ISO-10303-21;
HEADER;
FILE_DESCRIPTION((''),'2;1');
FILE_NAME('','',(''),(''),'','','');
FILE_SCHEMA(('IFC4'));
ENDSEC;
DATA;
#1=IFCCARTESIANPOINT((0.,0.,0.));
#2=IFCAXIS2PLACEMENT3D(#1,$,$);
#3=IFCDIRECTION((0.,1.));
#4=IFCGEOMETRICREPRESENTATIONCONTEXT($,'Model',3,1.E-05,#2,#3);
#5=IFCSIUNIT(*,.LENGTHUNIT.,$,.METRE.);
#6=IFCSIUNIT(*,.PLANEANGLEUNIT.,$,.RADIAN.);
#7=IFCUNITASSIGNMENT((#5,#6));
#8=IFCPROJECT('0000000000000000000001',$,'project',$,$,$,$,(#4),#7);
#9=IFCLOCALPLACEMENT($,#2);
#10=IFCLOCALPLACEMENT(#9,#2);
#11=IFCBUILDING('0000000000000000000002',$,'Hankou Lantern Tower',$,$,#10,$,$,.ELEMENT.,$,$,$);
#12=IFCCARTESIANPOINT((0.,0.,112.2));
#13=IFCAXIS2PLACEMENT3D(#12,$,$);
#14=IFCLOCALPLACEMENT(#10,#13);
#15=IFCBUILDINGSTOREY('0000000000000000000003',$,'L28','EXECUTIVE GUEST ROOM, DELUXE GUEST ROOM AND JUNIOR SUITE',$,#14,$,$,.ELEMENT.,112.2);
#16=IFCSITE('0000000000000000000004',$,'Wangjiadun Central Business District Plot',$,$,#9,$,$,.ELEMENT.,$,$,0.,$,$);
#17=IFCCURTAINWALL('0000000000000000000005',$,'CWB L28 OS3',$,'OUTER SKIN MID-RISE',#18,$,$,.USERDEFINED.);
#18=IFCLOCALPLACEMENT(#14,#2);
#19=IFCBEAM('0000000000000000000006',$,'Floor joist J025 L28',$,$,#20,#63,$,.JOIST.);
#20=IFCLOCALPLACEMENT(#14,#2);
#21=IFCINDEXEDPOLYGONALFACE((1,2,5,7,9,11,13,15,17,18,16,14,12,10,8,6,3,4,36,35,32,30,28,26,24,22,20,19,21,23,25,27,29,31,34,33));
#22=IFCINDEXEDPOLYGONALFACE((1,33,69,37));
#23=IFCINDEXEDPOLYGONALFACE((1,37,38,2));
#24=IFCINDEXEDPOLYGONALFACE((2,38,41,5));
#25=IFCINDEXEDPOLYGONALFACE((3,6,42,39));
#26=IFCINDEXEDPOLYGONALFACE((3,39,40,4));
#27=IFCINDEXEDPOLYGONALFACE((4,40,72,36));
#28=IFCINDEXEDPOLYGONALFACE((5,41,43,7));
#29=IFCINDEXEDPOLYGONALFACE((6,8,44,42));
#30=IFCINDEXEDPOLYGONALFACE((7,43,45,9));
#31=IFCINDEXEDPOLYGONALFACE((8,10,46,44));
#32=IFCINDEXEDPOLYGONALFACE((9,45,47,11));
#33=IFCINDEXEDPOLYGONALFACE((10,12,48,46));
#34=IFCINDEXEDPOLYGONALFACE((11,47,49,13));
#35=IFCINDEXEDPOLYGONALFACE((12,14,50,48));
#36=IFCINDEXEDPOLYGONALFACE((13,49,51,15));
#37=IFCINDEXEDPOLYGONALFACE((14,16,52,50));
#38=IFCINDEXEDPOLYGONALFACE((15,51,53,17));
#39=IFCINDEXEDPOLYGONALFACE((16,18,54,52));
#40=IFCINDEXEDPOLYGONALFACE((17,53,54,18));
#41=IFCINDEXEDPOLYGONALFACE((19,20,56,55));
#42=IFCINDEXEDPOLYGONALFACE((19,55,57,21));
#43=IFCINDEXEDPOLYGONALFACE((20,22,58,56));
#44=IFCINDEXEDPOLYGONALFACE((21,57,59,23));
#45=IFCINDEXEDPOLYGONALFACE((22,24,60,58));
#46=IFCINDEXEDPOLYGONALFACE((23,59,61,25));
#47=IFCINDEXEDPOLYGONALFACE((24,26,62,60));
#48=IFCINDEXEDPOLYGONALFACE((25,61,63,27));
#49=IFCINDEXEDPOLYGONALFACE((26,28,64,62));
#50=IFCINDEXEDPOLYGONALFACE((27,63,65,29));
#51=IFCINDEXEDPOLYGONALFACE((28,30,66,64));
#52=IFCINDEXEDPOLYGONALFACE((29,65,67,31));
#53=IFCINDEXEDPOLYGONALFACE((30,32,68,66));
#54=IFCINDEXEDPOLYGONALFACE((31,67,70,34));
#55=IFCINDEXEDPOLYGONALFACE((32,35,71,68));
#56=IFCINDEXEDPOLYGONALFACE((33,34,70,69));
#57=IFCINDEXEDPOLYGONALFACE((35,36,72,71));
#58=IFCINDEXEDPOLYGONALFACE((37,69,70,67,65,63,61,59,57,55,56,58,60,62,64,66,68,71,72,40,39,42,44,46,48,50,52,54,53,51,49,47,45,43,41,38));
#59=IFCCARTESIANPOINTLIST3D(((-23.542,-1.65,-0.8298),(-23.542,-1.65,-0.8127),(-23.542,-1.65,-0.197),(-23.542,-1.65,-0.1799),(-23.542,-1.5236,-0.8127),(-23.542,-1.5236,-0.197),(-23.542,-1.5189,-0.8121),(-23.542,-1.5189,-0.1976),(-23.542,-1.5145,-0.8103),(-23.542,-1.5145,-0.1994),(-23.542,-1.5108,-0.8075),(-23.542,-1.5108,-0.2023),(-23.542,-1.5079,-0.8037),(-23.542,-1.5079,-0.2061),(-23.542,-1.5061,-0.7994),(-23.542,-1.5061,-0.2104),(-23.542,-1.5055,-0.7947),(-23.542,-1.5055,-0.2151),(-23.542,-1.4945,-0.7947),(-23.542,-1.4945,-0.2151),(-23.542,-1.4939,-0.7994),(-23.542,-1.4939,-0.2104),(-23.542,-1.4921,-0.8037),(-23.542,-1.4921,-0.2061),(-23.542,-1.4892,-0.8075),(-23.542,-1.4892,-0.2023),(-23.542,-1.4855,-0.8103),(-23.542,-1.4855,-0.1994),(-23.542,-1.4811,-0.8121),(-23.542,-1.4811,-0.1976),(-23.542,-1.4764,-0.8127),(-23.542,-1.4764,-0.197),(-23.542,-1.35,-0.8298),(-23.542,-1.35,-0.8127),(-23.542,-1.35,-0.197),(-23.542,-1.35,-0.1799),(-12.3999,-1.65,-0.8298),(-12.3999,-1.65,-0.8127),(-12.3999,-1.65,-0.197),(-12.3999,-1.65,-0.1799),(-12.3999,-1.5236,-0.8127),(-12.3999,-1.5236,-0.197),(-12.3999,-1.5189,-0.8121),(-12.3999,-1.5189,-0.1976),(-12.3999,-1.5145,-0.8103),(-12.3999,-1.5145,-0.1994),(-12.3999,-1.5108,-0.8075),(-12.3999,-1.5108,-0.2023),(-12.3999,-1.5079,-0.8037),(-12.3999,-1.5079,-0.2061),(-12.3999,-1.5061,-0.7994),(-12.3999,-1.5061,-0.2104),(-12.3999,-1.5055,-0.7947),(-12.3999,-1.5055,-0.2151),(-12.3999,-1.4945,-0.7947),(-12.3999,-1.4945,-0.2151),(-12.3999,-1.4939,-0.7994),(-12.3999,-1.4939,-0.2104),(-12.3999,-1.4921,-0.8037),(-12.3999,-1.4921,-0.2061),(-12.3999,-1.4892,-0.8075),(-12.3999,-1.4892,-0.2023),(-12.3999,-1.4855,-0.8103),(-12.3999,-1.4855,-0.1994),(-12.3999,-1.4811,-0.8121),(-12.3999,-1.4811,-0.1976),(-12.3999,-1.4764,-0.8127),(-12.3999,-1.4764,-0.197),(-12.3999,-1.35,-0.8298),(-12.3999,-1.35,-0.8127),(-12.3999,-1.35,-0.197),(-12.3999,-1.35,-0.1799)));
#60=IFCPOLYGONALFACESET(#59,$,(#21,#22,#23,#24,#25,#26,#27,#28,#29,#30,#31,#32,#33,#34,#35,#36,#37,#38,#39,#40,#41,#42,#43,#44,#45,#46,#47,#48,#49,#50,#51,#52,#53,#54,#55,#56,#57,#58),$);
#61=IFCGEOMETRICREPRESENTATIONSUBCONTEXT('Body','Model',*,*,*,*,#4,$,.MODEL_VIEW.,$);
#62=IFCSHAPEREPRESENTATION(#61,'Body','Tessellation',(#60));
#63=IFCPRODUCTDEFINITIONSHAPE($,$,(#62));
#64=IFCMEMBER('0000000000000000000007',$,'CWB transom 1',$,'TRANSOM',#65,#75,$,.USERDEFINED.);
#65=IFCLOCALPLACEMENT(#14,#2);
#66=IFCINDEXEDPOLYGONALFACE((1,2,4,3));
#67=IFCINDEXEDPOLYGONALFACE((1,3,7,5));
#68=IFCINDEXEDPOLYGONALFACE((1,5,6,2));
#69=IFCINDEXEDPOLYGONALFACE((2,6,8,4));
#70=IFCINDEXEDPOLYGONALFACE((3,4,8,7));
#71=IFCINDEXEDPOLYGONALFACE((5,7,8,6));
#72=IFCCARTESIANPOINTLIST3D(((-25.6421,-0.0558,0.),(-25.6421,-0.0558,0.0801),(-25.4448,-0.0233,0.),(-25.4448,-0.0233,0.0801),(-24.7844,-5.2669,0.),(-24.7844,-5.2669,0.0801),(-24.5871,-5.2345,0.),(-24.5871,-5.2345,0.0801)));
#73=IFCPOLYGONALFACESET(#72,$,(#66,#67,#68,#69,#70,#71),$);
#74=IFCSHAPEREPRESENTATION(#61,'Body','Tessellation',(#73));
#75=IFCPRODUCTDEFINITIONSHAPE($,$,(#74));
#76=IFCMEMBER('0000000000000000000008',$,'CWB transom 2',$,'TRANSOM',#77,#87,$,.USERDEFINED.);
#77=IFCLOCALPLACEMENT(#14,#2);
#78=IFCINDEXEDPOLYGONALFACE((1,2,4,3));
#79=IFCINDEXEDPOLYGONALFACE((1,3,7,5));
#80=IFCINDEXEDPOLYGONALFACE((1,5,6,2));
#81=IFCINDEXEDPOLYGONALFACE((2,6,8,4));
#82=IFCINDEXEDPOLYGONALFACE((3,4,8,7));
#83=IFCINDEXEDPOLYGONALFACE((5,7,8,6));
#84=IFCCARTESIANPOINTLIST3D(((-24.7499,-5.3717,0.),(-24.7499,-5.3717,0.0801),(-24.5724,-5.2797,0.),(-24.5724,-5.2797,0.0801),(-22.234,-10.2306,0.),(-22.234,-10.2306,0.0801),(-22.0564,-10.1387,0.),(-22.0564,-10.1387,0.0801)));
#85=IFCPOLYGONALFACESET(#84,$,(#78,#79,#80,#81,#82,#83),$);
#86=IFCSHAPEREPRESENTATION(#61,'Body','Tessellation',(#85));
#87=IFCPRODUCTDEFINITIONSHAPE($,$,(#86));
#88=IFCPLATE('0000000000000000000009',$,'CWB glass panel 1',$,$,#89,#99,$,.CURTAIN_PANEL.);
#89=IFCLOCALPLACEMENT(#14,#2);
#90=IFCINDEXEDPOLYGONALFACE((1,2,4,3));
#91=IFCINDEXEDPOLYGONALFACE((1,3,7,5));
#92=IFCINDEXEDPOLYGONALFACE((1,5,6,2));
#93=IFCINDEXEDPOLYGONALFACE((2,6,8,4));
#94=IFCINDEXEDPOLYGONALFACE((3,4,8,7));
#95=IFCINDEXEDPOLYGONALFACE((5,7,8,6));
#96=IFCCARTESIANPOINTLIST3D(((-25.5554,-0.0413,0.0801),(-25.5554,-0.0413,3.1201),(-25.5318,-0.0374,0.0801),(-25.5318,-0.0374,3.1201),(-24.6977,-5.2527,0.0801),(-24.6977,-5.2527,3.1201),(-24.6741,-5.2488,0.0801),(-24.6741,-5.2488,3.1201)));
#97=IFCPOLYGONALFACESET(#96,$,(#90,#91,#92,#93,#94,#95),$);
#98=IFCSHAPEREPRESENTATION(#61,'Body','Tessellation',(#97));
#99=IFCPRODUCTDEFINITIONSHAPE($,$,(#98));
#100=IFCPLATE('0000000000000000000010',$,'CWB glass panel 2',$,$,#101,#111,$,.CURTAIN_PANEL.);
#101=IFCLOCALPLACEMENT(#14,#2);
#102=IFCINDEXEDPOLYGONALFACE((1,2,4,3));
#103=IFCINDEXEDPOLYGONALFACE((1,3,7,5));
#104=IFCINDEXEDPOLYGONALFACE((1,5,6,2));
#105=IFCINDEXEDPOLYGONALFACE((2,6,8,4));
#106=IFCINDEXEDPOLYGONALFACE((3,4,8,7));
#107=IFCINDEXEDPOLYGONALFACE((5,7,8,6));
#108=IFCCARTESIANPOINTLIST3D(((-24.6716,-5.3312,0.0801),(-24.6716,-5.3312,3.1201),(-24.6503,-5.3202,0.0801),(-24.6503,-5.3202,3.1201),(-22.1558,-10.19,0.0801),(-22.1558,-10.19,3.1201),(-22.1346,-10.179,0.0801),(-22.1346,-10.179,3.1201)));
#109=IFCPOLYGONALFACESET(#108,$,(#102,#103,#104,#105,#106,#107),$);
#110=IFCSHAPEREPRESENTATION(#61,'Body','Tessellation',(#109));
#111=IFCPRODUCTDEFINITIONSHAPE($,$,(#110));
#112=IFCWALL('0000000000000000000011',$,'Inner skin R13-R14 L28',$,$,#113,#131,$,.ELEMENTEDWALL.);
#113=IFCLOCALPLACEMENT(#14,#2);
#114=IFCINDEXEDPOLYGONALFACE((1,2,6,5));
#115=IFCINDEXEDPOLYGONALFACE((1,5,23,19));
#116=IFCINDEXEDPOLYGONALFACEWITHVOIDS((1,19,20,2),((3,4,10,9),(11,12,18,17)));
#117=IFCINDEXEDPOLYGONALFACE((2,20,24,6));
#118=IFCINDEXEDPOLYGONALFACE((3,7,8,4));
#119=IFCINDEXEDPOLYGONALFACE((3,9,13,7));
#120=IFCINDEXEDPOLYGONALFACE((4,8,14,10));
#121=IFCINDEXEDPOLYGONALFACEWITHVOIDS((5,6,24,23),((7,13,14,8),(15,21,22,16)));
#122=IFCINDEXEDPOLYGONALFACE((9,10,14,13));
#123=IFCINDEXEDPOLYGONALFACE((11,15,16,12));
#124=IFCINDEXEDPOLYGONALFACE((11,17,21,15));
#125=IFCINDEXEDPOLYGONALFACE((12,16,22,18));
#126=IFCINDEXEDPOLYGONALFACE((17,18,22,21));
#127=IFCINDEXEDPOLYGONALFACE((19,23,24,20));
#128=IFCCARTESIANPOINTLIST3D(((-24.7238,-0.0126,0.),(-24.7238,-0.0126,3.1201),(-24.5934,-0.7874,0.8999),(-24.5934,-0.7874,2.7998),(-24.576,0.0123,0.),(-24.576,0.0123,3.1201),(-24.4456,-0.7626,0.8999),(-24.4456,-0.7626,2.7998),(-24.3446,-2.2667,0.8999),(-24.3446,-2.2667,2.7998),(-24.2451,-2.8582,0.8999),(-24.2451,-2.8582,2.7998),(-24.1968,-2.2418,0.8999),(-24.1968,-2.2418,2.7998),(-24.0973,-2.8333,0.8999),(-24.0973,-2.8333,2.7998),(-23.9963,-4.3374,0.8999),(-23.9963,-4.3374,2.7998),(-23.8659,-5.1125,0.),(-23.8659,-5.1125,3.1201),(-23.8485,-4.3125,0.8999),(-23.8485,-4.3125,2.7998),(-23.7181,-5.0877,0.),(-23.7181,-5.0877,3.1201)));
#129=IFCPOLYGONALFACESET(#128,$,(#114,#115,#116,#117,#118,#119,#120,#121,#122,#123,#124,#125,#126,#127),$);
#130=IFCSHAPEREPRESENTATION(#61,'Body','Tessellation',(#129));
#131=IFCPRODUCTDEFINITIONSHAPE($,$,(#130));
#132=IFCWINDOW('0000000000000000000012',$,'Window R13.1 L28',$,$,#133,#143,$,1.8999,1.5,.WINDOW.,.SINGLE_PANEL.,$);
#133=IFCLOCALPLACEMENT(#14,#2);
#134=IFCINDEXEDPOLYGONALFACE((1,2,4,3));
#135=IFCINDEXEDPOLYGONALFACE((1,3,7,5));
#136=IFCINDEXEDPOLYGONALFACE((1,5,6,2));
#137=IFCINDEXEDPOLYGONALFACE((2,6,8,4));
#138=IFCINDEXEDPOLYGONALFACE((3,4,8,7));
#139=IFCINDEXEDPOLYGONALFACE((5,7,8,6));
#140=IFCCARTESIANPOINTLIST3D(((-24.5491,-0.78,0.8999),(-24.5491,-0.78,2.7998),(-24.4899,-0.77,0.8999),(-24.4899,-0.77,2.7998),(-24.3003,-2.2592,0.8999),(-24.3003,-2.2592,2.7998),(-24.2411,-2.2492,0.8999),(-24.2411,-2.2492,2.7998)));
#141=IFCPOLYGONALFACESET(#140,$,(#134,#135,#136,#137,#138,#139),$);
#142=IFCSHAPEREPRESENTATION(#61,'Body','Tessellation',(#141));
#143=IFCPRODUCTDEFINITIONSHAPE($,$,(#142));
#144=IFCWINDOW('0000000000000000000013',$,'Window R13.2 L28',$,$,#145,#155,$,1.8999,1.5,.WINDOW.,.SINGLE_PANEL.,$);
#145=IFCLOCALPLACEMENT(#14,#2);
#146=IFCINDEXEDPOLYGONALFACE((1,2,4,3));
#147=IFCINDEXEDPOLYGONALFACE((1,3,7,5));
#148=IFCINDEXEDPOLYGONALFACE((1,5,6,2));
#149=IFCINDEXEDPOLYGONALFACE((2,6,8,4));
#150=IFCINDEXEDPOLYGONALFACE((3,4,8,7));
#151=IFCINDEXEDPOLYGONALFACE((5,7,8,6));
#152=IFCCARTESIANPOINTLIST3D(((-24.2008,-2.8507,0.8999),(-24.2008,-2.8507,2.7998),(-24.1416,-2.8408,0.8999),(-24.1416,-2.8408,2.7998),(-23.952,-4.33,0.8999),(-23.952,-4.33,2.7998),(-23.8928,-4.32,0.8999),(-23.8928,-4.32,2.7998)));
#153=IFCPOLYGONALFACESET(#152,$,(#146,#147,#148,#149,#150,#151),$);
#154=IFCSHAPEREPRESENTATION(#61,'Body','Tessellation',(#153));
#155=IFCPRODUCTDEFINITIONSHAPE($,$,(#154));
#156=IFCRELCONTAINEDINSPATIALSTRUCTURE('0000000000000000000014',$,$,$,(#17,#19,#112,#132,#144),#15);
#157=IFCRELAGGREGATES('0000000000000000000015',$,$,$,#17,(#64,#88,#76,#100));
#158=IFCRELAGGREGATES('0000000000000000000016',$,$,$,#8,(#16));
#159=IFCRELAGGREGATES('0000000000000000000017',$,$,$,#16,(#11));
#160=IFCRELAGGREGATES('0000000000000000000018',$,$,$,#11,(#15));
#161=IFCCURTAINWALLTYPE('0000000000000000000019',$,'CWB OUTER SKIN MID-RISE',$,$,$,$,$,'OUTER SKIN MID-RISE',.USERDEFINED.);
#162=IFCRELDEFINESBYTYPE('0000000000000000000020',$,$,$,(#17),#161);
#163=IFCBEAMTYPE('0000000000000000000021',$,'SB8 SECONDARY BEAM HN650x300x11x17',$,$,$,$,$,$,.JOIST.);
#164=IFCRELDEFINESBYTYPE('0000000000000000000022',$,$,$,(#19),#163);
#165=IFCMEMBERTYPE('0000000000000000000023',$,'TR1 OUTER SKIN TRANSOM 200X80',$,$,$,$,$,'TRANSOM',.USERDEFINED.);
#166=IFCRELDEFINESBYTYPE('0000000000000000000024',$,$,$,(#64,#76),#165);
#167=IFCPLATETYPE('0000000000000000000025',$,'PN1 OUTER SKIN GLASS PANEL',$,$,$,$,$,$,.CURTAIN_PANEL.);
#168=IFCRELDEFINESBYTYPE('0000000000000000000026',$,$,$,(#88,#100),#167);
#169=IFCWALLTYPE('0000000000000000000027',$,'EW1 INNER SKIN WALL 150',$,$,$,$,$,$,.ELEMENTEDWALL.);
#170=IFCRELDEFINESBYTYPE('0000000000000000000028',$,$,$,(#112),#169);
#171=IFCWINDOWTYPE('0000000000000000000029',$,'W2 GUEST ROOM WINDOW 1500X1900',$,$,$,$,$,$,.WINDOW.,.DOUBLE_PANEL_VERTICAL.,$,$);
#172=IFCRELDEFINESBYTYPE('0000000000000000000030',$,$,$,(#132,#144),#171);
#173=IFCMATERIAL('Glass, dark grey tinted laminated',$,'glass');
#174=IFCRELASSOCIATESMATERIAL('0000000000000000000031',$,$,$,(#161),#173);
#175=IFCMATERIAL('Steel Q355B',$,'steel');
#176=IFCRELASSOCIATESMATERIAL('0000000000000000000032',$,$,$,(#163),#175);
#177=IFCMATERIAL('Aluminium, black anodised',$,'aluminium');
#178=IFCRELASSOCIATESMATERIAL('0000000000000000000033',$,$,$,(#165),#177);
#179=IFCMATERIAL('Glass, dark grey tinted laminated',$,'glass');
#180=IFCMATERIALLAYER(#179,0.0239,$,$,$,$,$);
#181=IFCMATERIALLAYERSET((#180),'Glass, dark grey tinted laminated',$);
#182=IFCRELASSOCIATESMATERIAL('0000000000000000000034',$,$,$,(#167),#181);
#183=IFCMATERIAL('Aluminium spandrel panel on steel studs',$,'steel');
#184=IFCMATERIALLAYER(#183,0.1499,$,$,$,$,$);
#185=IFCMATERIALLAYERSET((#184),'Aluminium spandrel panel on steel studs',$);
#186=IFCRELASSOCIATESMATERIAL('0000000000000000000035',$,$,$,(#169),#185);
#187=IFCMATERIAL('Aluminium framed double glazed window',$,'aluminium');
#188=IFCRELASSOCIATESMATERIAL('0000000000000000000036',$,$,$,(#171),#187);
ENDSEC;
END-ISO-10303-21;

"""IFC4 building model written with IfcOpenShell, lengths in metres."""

from ifc_helpers import new_model, si_unit, direction, frame, frame_2d, origin, origin_2d, place, context, subcontext, project, spatial, rectangle, i_section, extrude, material, layer, layer_set, material_profile, profile_set, type_object, element, fill, aggregate, save


model = new_model("IFC4")

# Units and contexts
model_context = context("Model", 3, precision=1e-05, world=origin(), true_north=direction((0.0, 1.0)))
body_context = subcontext(model_context, "Body", "Model", "MODEL_VIEW")
ifc_project = project(units=[si_unit("LENGTHUNIT", "METRE"), si_unit("PLANEANGLEUNIT", "RADIAN")], contexts=[model_context])

# Site, building, storey
site_placement = place(None, origin())
site = spatial("IfcSite", under=ifc_project, at=site_placement, Name="Wangjiadun Central Business District Plot", CompositionType="ELEMENT", RefElevation=0.0)
building_placement = place(site_placement, origin())
building = spatial("IfcBuilding", under=site, at=building_placement, Name="Hankou Lantern Tower", CompositionType="ELEMENT")
storey_placement = place(building_placement, frame((0.0, 0.0, 112.2)))
storey = spatial("IfcBuildingStorey", under=building, at=storey_placement, Name="L28", Description="EXECUTIVE GUEST ROOM, DELUXE GUEST ROOM AND JUNIOR SUITE", CompositionType="ELEMENT", Elevation=112.2)

# Curtain wall
ifc_material_1 = material(Name="Glass, dark grey tinted laminated", Category="glass")
curtain_wall_type = type_object("IfcCurtainWallType", Name="CWB OUTER SKIN MID-RISE", ElementType="OUTER SKIN MID-RISE", PredefinedType="USERDEFINED", material=ifc_material_1)
curtain_wall_placement = place(storey_placement, origin())
curtain_wall = element("IfcCurtainWall", 1, at=curtain_wall_placement, inside=storey, type_object=curtain_wall_type, Name="CWB L28 OS3", ObjectType="OUTER SKIN MID-RISE", PredefinedType="USERDEFINED")

# Beam
ifc_material_2 = material(Name="Steel Q355B", Category="steel")
ifc_material_profile_1 = material_profile(ifc_material_2, i_section(OverallWidth=0.3, OverallDepth=0.6499, WebThickness=0.011, FlangeThickness=0.0171, FilletRadius=0.0181, at=origin_2d()), Name="HN650x300x11x17")
ifc_profile_set_1 = profile_set([ifc_material_profile_1], Name="Steel Q355B")
beam_type_1 = type_object("IfcBeamType", Name="SB8 SECONDARY BEAM HN650x300x11x17", PredefinedType="JOIST", material=ifc_profile_set_1)
beam_1_placement = place(storey_placement, frame((-23.542, -1.5, -0.5049), z_axis=(1.0, 0.0, 0.0), x_axis=(0.0, 1.0, 0.0)))
element("IfcBeam", 2, at=beam_1_placement, inside=storey, type_object=beam_type_1, Name="Floor joist J025 L28", PredefinedType="JOIST", context=body_context, shape_type="SweptSolid", body=[
    extrude(i_section(OverallWidth=0.3, OverallDepth=0.6499, WebThickness=0.011, FlangeThickness=0.0171, FilletRadius=0.0181, at=origin_2d()), origin(), (0.0, 0.0, 1.0), 11.1421),
])

# Members
ifc_material_3 = material(Name="Aluminium, black anodised", Category="aluminium")
ifc_material_profile_2 = material_profile(ifc_material_3, rectangle(XDim=0.2, YDim=0.0801, at=origin_2d()), Name="TR1 200X80")
ifc_profile_set_2 = profile_set([ifc_material_profile_2], Name="Aluminium, black anodised")
member_type_1 = type_object("IfcMemberType", Name="TR1 OUTER SKIN TRANSOM 200X80", ElementType="TRANSOM", PredefinedType="USERDEFINED", material=ifc_profile_set_2)
member_1_placement = place(storey_placement, frame((-25.5435, -0.0396, 0.04), z_axis=(0.162397, -0.986725, 0.0), x_axis=(0.986725, 0.162397, 0.0)))
member_1 = element("IfcMember", 3, at=member_1_placement, type_object=member_type_1, Name="CWB transom 1", ObjectType="TRANSOM", PredefinedType="USERDEFINED", context=body_context, shape_type="SweptSolid", body=[
    extrude(rectangle(XDim=0.2, YDim=0.0801, at=origin_2d()), origin(), (0.0, 0.0, 1.0), 5.2812),
])
member_2_placement = place(storey_placement, frame((-24.6611, -5.3257, 0.04), z_axis=(0.459805, -0.88802, 0.0), x_axis=(0.88802, 0.459805, 0.0)))
member_2 = element("IfcMember", 4, at=member_2_placement, type_object=member_type_1, Name="CWB transom 2", ObjectType="TRANSOM", PredefinedType="USERDEFINED", context=body_context, shape_type="SweptSolid", body=[
    extrude(rectangle(XDim=0.2, YDim=0.0801, at=origin_2d()), origin(), (0.0, 0.0, 1.0), 5.4717),
])

# Plates
ifc_material_4 = material(Name="Glass, dark grey tinted laminated", Category="glass")
ifc_layer_1 = layer(ifc_material_4, 0.0239)
ifc_layer_set_1 = layer_set([ifc_layer_1], Name="Glass, dark grey tinted laminated")
plate_type = type_object("IfcPlateType", Name="PN1 OUTER SKIN GLASS PANEL", PredefinedType="CURTAIN_PANEL", material=ifc_layer_set_1)
plate_1_placement = place(storey_placement, frame((-25.1147, -2.645, 0.0801), z_axis=(0.0, 0.0, 1.0), x_axis=(0.162382, -0.986728, 0.0)))
plate_1 = element("IfcPlate", 5, at=plate_1_placement, type_object=plate_type, Name="CWB glass panel 1", PredefinedType="CURTAIN_PANEL", context=body_context, shape_type="SweptSolid", body=[
    extrude(rectangle(XDim=5.2815, YDim=0.0239, at=origin_2d()), origin(), (0.0, 0.0, 1.0), 3.04),
])
plate_2_placement = place(storey_placement, frame((-23.4031, -7.7551, 0.0801), z_axis=(0.0, 0.0, 1.0), x_axis=(0.459791, -0.888027, 0.0)))
plate_2 = element("IfcPlate", 6, at=plate_2_placement, type_object=plate_type, Name="CWB glass panel 2", PredefinedType="CURTAIN_PANEL", context=body_context, shape_type="SweptSolid", body=[
    extrude(rectangle(XDim=5.4714, YDim=0.0239, at=origin_2d()), origin(), (0.0, 0.0, 1.0), 3.04),
])
aggregate(curtain_wall, [member_1, plate_1, member_2, plate_2])

# Wall, openings, windows
ifc_material_5 = material(Name="Aluminium spandrel panel on steel studs", Category="steel")
ifc_layer_2 = layer(ifc_material_5, 0.1499)
ifc_layer_set_2 = layer_set([ifc_layer_2], Name="Aluminium spandrel panel on steel studs")
wall_type_1 = type_object("IfcWallType", Name="EW1 INNER SKIN WALL 150", PredefinedType="ELEMENTEDWALL", material=ifc_layer_set_2)
wall_1_placement = place(storey_placement, frame((-24.6499, 0.0, 0.0), z_axis=(0.0, 0.0, 1.0), x_axis=(0.165884, -0.986145, 0.0)))
wall_1 = element("IfcWall", 7, at=wall_1_placement, inside=storey, type_object=wall_type_1, Name="Inner skin R13-R14 L28", PredefinedType="ELEMENTEDWALL", context=body_context, shape_type="SweptSolid", body=[
    extrude(rectangle(XDim=5.1716, YDim=0.1499, at=frame_2d((2.5859, 0.0))), origin(), (0.0, 0.0, 1.0), 3.1201),
])
opening_1_placement = place(wall_1_placement, frame((0.7859, 0.0, 0.8999)))
opening_1 = element("IfcOpeningElement", 8, at=opening_1_placement, cuts=wall_1, PredefinedType="OPENING", context=body_context, shape_type="SweptSolid", body=[
    extrude(rectangle(XDim=1.5, YDim=1.8999, at=frame_2d((0.75, 0.95))), frame((0.0, 0.085, 0.0), z_axis=(0.0, -1.0, 0.0), x_axis=(1.0, 0.0, 0.0)), (0.0, 0.0, 1.0), 0.1699),
])
opening_2_placement = place(wall_1_placement, frame((2.8857, 0.0, 0.8999)))
opening_2 = element("IfcOpeningElement", 9, at=opening_2_placement, cuts=wall_1, PredefinedType="OPENING", context=body_context, shape_type="SweptSolid", body=[
    extrude(rectangle(XDim=1.5, YDim=1.8999, at=frame_2d((0.75, 0.95))), frame((0.0, 0.085, 0.0), z_axis=(0.0, -1.0, 0.0), x_axis=(1.0, 0.0, 0.0)), (0.0, 0.0, 1.0), 0.1699),
])
ifc_material_6 = material(Name="Aluminium framed double glazed window", Category="aluminium")
window_type = type_object("IfcWindowType", Name="W2 GUEST ROOM WINDOW 1500X1900", PartitioningType="DOUBLE_PANEL_VERTICAL", PredefinedType="WINDOW", material=ifc_material_6)
window_1_placement = place(opening_1_placement, origin())
window_1 = element("IfcWindow", 10, at=window_1_placement, inside=storey, type_object=window_type, Name="Window R13.1 L28", OverallHeight=1.8999, OverallWidth=1.5, PartitioningType="SINGLE_PANEL", PredefinedType="WINDOW", context=body_context, shape_type="SweptSolid", body=[
    extrude(rectangle(XDim=1.5, YDim=1.8999, at=frame_2d((0.75, 0.95))), frame((0.0, 0.03, 0.0), z_axis=(0.0, -1.0, 0.0), x_axis=(1.0, 0.0, 0.0)), (0.0, 0.0, 1.0), 0.0601),
])
fill(opening_1, window_1)
window_2_placement = place(opening_2_placement, origin())
window_2 = element("IfcWindow", 11, at=window_2_placement, inside=storey, type_object=window_type, Name="Window R13.2 L28", OverallHeight=1.8999, OverallWidth=1.5, PartitioningType="SINGLE_PANEL", PredefinedType="WINDOW", context=body_context, shape_type="SweptSolid", body=[
    extrude(rectangle(XDim=1.5, YDim=1.8999, at=frame_2d((0.75, 0.95))), frame((0.0, 0.03, 0.0), z_axis=(0.0, -1.0, 0.0), x_axis=(1.0, 0.0, 0.0)), (0.0, 0.0, 1.0), 0.0601),
])
fill(opening_2, window_2)

save(model, "model.ifc")
